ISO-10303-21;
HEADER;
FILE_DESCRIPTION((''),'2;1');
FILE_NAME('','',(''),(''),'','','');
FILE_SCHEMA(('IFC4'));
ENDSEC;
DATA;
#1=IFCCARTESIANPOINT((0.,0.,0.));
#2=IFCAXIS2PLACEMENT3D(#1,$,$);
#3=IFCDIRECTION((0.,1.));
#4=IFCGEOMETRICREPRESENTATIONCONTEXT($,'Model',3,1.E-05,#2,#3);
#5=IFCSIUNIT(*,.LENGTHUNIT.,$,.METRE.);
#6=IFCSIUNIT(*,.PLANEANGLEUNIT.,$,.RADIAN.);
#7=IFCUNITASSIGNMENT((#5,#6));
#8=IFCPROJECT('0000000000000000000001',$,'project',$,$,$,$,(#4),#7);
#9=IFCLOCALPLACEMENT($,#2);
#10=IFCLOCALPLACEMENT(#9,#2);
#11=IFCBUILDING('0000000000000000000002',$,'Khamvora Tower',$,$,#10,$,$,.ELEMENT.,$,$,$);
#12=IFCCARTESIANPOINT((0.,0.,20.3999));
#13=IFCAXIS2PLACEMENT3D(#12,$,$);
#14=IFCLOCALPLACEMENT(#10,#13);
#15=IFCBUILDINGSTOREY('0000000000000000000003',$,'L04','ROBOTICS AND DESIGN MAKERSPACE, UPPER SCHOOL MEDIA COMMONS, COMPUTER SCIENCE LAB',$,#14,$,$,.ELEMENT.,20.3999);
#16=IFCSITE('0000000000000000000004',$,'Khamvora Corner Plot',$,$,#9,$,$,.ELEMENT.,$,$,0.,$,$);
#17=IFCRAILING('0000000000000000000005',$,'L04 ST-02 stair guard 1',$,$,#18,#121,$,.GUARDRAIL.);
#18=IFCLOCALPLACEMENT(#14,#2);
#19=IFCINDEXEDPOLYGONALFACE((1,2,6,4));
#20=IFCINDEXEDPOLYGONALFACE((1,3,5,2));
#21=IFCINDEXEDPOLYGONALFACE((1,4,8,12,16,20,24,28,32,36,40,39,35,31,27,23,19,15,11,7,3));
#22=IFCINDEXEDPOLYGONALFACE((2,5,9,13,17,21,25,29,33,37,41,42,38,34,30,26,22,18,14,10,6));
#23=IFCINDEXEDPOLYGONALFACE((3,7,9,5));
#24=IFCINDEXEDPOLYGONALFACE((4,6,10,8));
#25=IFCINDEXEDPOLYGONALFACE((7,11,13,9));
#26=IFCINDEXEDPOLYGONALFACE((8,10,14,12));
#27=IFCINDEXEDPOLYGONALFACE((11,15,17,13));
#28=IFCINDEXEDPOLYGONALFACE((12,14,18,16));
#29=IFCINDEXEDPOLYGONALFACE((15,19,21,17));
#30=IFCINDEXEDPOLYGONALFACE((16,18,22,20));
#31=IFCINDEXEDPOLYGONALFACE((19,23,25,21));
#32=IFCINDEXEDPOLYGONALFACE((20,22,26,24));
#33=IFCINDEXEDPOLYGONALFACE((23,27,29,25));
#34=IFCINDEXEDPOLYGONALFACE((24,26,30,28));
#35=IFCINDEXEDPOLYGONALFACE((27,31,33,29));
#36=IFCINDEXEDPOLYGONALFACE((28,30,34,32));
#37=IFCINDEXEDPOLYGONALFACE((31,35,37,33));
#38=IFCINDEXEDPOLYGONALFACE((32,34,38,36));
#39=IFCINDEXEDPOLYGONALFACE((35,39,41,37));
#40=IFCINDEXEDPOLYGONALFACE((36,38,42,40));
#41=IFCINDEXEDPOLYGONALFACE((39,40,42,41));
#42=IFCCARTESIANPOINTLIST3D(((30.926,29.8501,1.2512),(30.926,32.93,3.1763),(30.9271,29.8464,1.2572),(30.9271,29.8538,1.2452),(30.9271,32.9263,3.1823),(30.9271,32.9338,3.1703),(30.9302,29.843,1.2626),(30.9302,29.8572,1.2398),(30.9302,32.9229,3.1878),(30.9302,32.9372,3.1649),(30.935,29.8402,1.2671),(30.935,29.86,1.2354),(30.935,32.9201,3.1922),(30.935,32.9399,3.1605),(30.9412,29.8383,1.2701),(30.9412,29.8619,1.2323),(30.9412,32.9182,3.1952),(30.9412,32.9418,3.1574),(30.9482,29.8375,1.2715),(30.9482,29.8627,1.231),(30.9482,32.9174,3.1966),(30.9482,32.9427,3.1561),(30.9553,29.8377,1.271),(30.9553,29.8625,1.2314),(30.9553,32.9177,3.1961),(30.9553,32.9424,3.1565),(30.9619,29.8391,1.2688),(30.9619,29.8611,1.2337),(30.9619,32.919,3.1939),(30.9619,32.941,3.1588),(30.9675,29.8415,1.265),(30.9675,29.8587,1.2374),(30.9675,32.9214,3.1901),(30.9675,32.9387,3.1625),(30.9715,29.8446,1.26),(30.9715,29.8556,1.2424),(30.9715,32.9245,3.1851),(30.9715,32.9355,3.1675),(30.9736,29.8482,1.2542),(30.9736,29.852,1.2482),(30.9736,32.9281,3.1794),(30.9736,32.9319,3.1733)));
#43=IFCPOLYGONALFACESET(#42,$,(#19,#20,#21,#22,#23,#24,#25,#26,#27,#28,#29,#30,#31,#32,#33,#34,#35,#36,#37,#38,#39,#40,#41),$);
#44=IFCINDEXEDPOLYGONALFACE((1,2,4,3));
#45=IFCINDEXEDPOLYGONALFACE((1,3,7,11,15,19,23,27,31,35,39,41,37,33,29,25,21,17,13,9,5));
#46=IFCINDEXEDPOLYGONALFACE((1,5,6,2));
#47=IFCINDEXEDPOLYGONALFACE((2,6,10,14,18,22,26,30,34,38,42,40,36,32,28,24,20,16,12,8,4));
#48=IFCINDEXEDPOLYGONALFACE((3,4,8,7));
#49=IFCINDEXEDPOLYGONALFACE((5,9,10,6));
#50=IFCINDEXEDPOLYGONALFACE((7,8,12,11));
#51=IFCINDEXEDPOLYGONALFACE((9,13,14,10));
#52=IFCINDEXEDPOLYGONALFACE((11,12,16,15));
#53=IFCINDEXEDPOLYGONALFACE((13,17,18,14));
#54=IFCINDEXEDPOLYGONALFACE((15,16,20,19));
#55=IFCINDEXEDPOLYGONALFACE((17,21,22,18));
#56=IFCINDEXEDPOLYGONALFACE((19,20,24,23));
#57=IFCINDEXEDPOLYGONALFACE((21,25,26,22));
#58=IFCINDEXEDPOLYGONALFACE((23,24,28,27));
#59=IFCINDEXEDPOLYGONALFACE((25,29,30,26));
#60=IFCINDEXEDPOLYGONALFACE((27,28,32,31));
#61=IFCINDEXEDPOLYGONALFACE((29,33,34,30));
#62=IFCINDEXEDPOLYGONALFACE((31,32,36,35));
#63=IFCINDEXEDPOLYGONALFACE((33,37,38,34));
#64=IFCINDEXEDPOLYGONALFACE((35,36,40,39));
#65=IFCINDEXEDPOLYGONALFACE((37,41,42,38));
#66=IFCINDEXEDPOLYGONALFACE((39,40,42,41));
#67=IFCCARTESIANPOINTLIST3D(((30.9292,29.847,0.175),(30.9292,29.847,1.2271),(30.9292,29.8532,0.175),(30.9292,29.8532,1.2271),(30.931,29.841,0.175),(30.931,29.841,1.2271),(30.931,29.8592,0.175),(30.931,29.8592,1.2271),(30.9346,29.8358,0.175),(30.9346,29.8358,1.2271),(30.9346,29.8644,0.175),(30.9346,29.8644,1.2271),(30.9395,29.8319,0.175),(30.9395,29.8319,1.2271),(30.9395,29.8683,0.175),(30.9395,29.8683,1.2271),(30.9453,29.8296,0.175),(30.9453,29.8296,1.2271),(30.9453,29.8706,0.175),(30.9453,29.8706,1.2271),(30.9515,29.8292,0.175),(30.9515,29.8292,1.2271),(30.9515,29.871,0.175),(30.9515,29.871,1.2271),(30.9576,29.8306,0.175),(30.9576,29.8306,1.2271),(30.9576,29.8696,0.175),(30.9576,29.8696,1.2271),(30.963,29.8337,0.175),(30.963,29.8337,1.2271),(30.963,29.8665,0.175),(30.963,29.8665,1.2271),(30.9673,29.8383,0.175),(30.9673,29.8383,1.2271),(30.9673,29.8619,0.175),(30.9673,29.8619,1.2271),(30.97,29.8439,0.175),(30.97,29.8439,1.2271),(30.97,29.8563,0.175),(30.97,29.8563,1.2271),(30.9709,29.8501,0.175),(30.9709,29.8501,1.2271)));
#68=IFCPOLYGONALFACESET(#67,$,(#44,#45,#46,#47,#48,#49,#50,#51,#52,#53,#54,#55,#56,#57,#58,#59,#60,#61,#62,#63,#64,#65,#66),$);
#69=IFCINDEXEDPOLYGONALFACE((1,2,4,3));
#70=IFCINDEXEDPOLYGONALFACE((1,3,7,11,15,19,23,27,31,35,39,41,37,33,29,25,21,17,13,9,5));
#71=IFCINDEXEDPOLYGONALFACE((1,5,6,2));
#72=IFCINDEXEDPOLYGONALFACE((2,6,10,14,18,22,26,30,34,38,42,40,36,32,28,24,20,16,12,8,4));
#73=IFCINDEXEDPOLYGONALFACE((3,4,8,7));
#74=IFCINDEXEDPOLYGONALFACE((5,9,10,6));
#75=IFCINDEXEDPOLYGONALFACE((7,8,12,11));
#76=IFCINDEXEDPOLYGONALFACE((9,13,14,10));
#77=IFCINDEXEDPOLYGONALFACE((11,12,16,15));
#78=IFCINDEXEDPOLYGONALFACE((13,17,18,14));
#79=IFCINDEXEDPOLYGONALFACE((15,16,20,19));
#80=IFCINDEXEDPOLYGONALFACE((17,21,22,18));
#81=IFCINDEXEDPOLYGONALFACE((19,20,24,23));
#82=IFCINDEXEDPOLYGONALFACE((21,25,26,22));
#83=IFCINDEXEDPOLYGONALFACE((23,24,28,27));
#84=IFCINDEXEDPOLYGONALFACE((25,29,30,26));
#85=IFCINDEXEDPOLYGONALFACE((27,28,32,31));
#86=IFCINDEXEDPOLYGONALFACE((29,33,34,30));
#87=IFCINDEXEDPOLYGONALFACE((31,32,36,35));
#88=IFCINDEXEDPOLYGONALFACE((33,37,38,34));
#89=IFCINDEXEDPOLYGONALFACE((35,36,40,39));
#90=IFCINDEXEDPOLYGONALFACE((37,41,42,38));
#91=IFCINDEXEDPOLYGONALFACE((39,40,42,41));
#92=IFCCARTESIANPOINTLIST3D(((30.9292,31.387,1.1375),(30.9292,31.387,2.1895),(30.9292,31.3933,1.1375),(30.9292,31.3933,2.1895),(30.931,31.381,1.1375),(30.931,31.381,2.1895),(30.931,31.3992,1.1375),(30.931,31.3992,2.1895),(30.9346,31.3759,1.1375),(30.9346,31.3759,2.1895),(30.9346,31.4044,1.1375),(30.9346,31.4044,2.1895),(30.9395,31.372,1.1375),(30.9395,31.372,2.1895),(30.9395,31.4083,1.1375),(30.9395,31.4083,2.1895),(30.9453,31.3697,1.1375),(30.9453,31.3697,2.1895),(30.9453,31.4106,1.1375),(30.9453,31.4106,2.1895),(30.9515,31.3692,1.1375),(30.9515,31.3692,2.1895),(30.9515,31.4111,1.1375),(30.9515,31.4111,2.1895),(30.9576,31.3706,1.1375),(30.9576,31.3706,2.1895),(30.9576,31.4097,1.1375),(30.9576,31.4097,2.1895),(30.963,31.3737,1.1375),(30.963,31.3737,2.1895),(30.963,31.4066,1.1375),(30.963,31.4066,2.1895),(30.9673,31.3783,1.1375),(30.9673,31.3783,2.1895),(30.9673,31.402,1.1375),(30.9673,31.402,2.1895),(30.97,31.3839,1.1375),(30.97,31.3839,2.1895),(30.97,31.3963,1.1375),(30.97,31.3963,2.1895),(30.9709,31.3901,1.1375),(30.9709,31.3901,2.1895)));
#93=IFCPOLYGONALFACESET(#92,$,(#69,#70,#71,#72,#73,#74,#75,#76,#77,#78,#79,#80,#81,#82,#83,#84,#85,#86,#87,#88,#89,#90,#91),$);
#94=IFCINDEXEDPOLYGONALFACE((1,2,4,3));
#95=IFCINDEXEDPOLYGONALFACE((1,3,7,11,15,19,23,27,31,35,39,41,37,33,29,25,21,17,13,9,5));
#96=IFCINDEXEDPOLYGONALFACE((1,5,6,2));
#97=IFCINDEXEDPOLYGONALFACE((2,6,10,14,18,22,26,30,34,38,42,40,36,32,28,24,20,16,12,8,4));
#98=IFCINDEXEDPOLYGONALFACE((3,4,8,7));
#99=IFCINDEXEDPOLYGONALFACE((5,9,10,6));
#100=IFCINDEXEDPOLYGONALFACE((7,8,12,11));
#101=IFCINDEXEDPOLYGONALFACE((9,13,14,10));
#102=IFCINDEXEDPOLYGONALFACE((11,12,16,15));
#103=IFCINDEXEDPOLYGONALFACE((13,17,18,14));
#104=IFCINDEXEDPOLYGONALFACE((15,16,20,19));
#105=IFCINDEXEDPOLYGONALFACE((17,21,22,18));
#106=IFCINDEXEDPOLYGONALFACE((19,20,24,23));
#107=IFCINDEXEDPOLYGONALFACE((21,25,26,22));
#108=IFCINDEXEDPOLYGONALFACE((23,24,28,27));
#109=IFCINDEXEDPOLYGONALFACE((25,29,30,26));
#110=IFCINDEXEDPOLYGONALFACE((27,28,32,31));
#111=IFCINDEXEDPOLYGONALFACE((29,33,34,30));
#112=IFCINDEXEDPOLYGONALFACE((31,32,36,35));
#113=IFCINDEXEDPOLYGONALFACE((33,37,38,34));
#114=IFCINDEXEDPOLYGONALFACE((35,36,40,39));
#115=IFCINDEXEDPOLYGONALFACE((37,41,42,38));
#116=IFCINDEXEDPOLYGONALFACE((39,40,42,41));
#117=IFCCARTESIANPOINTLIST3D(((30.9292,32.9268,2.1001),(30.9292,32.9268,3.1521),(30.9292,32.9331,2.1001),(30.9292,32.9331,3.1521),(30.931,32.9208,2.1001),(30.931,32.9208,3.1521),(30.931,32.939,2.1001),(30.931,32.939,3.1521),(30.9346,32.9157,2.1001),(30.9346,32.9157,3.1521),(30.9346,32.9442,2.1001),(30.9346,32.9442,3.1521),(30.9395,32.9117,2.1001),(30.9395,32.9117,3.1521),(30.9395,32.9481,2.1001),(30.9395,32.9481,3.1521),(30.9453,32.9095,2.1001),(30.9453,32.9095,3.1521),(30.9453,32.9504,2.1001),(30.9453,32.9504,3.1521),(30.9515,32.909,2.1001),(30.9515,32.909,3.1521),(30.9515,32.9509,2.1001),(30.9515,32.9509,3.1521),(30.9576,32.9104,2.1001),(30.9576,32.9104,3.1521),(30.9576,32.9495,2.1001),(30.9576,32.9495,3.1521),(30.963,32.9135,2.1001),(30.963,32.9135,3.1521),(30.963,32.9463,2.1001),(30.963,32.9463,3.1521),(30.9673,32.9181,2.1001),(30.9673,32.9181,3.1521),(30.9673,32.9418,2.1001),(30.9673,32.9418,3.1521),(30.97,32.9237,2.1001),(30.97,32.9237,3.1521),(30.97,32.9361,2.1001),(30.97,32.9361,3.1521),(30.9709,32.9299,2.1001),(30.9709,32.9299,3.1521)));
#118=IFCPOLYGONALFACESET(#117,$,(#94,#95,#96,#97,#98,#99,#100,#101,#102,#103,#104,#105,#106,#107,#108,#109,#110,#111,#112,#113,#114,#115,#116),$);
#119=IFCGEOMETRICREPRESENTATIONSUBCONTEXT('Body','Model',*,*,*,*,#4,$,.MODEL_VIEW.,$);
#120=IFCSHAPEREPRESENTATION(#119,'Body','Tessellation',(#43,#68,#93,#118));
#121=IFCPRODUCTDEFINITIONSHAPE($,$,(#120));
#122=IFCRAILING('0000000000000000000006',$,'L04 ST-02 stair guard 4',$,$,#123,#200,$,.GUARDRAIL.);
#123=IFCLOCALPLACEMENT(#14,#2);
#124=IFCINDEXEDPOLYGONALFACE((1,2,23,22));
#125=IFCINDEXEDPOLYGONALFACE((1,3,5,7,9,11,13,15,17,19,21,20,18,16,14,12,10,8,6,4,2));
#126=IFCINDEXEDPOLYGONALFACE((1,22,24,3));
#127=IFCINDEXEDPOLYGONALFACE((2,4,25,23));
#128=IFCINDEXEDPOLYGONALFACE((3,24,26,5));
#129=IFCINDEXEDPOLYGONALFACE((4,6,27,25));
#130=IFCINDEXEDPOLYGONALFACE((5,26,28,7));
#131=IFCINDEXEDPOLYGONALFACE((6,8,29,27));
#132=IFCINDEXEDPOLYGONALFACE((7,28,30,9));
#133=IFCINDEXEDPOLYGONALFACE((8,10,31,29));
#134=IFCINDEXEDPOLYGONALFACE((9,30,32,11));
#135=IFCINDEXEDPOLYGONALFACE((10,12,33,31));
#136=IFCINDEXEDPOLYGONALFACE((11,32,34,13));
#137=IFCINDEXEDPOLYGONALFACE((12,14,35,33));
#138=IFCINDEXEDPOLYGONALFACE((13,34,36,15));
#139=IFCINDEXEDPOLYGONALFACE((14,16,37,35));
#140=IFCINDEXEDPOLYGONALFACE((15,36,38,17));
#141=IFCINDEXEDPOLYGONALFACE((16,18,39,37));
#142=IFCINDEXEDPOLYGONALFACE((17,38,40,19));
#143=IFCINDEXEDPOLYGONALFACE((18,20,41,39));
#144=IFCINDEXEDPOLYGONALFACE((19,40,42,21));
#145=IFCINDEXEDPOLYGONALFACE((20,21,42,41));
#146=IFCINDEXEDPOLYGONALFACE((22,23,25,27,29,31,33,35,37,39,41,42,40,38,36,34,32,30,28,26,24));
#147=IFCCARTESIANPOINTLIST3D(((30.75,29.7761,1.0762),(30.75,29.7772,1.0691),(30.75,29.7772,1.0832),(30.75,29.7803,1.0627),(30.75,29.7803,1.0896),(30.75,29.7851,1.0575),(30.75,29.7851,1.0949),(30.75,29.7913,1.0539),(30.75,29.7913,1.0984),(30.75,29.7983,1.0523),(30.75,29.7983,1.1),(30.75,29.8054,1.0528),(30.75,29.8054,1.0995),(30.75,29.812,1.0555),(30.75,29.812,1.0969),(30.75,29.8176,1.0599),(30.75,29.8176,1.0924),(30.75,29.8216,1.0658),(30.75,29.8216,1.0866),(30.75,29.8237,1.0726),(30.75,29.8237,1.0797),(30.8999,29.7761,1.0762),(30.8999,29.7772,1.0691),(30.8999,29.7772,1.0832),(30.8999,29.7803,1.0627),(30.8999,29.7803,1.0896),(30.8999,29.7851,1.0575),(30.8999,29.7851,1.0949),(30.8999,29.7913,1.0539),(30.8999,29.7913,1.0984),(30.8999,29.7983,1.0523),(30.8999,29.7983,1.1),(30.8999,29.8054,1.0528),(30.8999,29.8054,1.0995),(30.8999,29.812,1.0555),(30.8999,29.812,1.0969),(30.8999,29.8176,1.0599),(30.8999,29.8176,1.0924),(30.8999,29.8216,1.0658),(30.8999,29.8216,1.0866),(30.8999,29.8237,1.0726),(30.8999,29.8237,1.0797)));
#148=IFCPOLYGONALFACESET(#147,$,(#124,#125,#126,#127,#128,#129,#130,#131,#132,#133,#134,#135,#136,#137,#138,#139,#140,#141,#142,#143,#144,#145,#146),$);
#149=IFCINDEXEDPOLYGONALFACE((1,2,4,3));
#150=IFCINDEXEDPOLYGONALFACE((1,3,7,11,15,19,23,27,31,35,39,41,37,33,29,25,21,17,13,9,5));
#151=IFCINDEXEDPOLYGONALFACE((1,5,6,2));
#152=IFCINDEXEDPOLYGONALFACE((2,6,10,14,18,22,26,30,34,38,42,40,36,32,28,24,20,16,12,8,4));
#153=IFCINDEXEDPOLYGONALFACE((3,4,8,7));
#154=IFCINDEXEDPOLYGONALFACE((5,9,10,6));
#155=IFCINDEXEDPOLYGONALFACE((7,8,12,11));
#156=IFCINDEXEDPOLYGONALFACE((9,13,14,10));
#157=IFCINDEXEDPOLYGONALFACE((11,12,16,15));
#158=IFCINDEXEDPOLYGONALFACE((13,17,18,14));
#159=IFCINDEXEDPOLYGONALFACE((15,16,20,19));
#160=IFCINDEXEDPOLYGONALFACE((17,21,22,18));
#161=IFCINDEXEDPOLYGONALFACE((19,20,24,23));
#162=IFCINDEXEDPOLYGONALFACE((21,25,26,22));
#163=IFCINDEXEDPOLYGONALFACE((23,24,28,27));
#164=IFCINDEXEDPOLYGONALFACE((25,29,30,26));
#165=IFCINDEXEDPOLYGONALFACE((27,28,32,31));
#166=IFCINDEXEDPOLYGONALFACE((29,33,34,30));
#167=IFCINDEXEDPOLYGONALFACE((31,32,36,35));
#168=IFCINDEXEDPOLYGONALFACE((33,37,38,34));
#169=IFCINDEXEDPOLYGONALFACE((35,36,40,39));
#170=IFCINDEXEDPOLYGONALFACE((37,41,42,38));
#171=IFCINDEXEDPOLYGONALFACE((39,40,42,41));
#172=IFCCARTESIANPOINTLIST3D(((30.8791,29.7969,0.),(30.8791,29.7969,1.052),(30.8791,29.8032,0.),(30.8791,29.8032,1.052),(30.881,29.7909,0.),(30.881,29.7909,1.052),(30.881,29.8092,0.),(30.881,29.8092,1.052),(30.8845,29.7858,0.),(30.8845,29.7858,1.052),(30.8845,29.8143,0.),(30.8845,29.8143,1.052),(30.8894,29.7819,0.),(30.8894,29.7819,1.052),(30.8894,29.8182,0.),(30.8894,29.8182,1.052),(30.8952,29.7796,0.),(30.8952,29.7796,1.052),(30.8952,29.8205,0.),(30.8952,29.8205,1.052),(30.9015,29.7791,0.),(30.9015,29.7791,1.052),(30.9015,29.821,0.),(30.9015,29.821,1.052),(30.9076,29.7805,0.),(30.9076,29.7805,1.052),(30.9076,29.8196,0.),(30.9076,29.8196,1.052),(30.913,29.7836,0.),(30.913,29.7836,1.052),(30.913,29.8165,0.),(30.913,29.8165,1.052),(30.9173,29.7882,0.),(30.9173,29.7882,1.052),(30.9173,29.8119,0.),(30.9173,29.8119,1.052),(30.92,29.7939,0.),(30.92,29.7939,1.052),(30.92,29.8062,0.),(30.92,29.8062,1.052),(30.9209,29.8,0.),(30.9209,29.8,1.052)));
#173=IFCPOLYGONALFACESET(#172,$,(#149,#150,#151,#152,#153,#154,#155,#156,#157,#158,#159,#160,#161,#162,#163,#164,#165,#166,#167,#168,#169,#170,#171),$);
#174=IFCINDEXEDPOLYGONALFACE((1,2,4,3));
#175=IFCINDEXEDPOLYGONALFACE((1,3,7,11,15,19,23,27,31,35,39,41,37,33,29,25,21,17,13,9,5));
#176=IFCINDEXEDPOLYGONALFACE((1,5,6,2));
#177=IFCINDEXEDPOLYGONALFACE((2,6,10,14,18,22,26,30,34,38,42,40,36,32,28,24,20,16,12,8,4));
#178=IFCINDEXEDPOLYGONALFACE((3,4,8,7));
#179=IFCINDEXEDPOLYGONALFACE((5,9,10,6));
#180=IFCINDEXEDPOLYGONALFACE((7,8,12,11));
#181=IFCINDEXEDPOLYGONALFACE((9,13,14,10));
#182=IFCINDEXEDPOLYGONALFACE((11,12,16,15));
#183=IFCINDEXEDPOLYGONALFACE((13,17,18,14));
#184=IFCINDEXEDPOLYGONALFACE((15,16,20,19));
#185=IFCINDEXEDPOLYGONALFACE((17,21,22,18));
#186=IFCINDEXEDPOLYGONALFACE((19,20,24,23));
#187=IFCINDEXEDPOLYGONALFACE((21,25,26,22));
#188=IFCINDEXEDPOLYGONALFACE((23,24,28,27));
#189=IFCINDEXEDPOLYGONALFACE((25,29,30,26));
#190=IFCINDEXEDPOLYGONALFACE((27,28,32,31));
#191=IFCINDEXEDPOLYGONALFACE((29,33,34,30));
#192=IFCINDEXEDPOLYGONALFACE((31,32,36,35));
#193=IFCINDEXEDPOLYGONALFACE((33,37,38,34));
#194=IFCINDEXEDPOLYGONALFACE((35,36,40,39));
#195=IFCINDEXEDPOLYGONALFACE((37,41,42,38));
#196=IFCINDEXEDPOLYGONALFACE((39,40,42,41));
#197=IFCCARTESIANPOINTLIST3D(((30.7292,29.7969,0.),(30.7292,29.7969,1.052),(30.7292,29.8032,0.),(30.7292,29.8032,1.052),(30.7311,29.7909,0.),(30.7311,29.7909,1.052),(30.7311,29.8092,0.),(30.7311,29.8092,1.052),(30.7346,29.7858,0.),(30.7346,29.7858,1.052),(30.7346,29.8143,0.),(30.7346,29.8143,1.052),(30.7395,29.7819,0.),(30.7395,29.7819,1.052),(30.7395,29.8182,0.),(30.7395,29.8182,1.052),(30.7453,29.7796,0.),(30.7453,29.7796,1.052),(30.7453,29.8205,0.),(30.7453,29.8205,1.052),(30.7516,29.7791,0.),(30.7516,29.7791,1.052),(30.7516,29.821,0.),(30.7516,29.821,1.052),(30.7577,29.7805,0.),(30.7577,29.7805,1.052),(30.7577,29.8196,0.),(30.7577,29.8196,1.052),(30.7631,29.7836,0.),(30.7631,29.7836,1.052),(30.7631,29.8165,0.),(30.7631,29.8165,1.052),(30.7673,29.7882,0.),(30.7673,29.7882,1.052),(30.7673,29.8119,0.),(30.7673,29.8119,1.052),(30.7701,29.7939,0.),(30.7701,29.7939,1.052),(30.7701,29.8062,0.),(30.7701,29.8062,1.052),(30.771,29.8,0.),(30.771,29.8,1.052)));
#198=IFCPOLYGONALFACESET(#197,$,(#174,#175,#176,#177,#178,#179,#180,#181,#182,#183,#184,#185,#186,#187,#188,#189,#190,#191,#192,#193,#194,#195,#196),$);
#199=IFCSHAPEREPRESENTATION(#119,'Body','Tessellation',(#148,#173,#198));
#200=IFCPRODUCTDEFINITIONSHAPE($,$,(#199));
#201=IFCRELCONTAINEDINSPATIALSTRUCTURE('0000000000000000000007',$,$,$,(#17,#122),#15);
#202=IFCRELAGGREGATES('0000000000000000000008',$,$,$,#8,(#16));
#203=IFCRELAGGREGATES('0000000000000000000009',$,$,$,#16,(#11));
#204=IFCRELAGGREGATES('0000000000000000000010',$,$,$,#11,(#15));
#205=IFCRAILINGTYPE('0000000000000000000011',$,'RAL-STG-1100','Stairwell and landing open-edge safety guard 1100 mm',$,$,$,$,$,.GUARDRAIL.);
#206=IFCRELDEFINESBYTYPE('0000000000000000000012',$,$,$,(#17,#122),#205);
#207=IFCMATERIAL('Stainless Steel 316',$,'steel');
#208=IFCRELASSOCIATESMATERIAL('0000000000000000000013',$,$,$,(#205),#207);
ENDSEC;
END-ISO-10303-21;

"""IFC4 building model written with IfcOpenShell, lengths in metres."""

from ifc_helpers import new_model, si_unit, direction, frame, origin, origin_2d, place, context, subcontext, project, spatial, circle, extrude, material, type_object, element, save


model = new_model("IFC4")

# Units and contexts
model_context = context("Model", 3, precision=1e-05, world=origin(), true_north=direction((0.0, 1.0)))
body_context = subcontext(model_context, "Body", "Model", "MODEL_VIEW")
ifc_project = project(units=[si_unit("LENGTHUNIT", "METRE"), si_unit("PLANEANGLEUNIT", "RADIAN")], contexts=[model_context])

# Site, building, storey
site_placement = place(None, origin())
site = spatial("IfcSite", under=ifc_project, at=site_placement, Name="Khamvora Corner Plot", CompositionType="ELEMENT", RefElevation=0.0)
building_placement = place(site_placement, origin())
building = spatial("IfcBuilding", under=site, at=building_placement, Name="Khamvora Tower", CompositionType="ELEMENT")
storey_placement = place(building_placement, frame((0.0, 0.0, 20.3999)))
storey = spatial("IfcBuildingStorey", under=building, at=storey_placement, Name="L04", Description="ROBOTICS AND DESIGN MAKERSPACE, UPPER SCHOOL MEDIA COMMONS, COMPUTER SCIENCE LAB", CompositionType="ELEMENT", Elevation=20.3999)

# Railings
ifc_material_1 = material(Name="Stainless Steel 316", Category="steel")
railing_type_1 = type_object("IfcRailingType", Name="RAL-STG-1100", Description="Stairwell and landing open-edge safety guard 1100 mm", PredefinedType="GUARDRAIL", material=ifc_material_1)
railing_1_placement = place(storey_placement, frame((30.95, 29.8501, 0.175)))
element("IfcRailing", 1, at=railing_1_placement, inside=storey, type_object=railing_type_1, Name="L04 ST-02 stair guard 1", PredefinedType="GUARDRAIL", context=body_context, shape_type="SweptSolid", body=[
    extrude(circle(Radius=0.0239, at=origin_2d()), frame((0.0, 0.0, 1.0762), z_axis=(0.0, 0.847979, 0.530029), x_axis=(-1.0, 0.0, 0.0)), (0.0, 0.0, 1.0), 3.6321),
    extrude(circle(Radius=0.021, at=origin_2d()), origin(), (0.0, 0.0, 1.0), 1.052),
    extrude(circle(Radius=0.021, at=origin_2d()), frame((0.0, 1.54, 0.9624)), (0.0, 0.0, 1.0), 1.052),
    extrude(circle(Radius=0.021, at=origin_2d()), frame((0.0, 3.0798, 1.925)), (0.0, 0.0, 1.0), 1.052),
])
railing_2_placement = place(storey_placement, frame((30.8999, 29.8, 0.0)))
element("IfcRailing", 2, at=railing_2_placement, inside=storey, type_object=railing_type_1, Name="L04 ST-02 stair guard 4", PredefinedType="GUARDRAIL", context=body_context, shape_type="SweptSolid", body=[
    extrude(circle(Radius=0.0239, at=origin_2d()), frame((0.0, 0.0, 1.0762), z_axis=(-1.0, 0.0, 0.0), x_axis=(0.0, -1.0, 0.0)), (0.0, 0.0, 1.0), 0.1499),
    extrude(circle(Radius=0.021, at=origin_2d()), origin(), (0.0, 0.0, 1.0), 1.052),
    extrude(circle(Radius=0.021, at=origin_2d()), frame((-0.1499, 0.0, 0.0)), (0.0, 0.0, 1.0), 1.052),
])

save(model, "model.ifc")
